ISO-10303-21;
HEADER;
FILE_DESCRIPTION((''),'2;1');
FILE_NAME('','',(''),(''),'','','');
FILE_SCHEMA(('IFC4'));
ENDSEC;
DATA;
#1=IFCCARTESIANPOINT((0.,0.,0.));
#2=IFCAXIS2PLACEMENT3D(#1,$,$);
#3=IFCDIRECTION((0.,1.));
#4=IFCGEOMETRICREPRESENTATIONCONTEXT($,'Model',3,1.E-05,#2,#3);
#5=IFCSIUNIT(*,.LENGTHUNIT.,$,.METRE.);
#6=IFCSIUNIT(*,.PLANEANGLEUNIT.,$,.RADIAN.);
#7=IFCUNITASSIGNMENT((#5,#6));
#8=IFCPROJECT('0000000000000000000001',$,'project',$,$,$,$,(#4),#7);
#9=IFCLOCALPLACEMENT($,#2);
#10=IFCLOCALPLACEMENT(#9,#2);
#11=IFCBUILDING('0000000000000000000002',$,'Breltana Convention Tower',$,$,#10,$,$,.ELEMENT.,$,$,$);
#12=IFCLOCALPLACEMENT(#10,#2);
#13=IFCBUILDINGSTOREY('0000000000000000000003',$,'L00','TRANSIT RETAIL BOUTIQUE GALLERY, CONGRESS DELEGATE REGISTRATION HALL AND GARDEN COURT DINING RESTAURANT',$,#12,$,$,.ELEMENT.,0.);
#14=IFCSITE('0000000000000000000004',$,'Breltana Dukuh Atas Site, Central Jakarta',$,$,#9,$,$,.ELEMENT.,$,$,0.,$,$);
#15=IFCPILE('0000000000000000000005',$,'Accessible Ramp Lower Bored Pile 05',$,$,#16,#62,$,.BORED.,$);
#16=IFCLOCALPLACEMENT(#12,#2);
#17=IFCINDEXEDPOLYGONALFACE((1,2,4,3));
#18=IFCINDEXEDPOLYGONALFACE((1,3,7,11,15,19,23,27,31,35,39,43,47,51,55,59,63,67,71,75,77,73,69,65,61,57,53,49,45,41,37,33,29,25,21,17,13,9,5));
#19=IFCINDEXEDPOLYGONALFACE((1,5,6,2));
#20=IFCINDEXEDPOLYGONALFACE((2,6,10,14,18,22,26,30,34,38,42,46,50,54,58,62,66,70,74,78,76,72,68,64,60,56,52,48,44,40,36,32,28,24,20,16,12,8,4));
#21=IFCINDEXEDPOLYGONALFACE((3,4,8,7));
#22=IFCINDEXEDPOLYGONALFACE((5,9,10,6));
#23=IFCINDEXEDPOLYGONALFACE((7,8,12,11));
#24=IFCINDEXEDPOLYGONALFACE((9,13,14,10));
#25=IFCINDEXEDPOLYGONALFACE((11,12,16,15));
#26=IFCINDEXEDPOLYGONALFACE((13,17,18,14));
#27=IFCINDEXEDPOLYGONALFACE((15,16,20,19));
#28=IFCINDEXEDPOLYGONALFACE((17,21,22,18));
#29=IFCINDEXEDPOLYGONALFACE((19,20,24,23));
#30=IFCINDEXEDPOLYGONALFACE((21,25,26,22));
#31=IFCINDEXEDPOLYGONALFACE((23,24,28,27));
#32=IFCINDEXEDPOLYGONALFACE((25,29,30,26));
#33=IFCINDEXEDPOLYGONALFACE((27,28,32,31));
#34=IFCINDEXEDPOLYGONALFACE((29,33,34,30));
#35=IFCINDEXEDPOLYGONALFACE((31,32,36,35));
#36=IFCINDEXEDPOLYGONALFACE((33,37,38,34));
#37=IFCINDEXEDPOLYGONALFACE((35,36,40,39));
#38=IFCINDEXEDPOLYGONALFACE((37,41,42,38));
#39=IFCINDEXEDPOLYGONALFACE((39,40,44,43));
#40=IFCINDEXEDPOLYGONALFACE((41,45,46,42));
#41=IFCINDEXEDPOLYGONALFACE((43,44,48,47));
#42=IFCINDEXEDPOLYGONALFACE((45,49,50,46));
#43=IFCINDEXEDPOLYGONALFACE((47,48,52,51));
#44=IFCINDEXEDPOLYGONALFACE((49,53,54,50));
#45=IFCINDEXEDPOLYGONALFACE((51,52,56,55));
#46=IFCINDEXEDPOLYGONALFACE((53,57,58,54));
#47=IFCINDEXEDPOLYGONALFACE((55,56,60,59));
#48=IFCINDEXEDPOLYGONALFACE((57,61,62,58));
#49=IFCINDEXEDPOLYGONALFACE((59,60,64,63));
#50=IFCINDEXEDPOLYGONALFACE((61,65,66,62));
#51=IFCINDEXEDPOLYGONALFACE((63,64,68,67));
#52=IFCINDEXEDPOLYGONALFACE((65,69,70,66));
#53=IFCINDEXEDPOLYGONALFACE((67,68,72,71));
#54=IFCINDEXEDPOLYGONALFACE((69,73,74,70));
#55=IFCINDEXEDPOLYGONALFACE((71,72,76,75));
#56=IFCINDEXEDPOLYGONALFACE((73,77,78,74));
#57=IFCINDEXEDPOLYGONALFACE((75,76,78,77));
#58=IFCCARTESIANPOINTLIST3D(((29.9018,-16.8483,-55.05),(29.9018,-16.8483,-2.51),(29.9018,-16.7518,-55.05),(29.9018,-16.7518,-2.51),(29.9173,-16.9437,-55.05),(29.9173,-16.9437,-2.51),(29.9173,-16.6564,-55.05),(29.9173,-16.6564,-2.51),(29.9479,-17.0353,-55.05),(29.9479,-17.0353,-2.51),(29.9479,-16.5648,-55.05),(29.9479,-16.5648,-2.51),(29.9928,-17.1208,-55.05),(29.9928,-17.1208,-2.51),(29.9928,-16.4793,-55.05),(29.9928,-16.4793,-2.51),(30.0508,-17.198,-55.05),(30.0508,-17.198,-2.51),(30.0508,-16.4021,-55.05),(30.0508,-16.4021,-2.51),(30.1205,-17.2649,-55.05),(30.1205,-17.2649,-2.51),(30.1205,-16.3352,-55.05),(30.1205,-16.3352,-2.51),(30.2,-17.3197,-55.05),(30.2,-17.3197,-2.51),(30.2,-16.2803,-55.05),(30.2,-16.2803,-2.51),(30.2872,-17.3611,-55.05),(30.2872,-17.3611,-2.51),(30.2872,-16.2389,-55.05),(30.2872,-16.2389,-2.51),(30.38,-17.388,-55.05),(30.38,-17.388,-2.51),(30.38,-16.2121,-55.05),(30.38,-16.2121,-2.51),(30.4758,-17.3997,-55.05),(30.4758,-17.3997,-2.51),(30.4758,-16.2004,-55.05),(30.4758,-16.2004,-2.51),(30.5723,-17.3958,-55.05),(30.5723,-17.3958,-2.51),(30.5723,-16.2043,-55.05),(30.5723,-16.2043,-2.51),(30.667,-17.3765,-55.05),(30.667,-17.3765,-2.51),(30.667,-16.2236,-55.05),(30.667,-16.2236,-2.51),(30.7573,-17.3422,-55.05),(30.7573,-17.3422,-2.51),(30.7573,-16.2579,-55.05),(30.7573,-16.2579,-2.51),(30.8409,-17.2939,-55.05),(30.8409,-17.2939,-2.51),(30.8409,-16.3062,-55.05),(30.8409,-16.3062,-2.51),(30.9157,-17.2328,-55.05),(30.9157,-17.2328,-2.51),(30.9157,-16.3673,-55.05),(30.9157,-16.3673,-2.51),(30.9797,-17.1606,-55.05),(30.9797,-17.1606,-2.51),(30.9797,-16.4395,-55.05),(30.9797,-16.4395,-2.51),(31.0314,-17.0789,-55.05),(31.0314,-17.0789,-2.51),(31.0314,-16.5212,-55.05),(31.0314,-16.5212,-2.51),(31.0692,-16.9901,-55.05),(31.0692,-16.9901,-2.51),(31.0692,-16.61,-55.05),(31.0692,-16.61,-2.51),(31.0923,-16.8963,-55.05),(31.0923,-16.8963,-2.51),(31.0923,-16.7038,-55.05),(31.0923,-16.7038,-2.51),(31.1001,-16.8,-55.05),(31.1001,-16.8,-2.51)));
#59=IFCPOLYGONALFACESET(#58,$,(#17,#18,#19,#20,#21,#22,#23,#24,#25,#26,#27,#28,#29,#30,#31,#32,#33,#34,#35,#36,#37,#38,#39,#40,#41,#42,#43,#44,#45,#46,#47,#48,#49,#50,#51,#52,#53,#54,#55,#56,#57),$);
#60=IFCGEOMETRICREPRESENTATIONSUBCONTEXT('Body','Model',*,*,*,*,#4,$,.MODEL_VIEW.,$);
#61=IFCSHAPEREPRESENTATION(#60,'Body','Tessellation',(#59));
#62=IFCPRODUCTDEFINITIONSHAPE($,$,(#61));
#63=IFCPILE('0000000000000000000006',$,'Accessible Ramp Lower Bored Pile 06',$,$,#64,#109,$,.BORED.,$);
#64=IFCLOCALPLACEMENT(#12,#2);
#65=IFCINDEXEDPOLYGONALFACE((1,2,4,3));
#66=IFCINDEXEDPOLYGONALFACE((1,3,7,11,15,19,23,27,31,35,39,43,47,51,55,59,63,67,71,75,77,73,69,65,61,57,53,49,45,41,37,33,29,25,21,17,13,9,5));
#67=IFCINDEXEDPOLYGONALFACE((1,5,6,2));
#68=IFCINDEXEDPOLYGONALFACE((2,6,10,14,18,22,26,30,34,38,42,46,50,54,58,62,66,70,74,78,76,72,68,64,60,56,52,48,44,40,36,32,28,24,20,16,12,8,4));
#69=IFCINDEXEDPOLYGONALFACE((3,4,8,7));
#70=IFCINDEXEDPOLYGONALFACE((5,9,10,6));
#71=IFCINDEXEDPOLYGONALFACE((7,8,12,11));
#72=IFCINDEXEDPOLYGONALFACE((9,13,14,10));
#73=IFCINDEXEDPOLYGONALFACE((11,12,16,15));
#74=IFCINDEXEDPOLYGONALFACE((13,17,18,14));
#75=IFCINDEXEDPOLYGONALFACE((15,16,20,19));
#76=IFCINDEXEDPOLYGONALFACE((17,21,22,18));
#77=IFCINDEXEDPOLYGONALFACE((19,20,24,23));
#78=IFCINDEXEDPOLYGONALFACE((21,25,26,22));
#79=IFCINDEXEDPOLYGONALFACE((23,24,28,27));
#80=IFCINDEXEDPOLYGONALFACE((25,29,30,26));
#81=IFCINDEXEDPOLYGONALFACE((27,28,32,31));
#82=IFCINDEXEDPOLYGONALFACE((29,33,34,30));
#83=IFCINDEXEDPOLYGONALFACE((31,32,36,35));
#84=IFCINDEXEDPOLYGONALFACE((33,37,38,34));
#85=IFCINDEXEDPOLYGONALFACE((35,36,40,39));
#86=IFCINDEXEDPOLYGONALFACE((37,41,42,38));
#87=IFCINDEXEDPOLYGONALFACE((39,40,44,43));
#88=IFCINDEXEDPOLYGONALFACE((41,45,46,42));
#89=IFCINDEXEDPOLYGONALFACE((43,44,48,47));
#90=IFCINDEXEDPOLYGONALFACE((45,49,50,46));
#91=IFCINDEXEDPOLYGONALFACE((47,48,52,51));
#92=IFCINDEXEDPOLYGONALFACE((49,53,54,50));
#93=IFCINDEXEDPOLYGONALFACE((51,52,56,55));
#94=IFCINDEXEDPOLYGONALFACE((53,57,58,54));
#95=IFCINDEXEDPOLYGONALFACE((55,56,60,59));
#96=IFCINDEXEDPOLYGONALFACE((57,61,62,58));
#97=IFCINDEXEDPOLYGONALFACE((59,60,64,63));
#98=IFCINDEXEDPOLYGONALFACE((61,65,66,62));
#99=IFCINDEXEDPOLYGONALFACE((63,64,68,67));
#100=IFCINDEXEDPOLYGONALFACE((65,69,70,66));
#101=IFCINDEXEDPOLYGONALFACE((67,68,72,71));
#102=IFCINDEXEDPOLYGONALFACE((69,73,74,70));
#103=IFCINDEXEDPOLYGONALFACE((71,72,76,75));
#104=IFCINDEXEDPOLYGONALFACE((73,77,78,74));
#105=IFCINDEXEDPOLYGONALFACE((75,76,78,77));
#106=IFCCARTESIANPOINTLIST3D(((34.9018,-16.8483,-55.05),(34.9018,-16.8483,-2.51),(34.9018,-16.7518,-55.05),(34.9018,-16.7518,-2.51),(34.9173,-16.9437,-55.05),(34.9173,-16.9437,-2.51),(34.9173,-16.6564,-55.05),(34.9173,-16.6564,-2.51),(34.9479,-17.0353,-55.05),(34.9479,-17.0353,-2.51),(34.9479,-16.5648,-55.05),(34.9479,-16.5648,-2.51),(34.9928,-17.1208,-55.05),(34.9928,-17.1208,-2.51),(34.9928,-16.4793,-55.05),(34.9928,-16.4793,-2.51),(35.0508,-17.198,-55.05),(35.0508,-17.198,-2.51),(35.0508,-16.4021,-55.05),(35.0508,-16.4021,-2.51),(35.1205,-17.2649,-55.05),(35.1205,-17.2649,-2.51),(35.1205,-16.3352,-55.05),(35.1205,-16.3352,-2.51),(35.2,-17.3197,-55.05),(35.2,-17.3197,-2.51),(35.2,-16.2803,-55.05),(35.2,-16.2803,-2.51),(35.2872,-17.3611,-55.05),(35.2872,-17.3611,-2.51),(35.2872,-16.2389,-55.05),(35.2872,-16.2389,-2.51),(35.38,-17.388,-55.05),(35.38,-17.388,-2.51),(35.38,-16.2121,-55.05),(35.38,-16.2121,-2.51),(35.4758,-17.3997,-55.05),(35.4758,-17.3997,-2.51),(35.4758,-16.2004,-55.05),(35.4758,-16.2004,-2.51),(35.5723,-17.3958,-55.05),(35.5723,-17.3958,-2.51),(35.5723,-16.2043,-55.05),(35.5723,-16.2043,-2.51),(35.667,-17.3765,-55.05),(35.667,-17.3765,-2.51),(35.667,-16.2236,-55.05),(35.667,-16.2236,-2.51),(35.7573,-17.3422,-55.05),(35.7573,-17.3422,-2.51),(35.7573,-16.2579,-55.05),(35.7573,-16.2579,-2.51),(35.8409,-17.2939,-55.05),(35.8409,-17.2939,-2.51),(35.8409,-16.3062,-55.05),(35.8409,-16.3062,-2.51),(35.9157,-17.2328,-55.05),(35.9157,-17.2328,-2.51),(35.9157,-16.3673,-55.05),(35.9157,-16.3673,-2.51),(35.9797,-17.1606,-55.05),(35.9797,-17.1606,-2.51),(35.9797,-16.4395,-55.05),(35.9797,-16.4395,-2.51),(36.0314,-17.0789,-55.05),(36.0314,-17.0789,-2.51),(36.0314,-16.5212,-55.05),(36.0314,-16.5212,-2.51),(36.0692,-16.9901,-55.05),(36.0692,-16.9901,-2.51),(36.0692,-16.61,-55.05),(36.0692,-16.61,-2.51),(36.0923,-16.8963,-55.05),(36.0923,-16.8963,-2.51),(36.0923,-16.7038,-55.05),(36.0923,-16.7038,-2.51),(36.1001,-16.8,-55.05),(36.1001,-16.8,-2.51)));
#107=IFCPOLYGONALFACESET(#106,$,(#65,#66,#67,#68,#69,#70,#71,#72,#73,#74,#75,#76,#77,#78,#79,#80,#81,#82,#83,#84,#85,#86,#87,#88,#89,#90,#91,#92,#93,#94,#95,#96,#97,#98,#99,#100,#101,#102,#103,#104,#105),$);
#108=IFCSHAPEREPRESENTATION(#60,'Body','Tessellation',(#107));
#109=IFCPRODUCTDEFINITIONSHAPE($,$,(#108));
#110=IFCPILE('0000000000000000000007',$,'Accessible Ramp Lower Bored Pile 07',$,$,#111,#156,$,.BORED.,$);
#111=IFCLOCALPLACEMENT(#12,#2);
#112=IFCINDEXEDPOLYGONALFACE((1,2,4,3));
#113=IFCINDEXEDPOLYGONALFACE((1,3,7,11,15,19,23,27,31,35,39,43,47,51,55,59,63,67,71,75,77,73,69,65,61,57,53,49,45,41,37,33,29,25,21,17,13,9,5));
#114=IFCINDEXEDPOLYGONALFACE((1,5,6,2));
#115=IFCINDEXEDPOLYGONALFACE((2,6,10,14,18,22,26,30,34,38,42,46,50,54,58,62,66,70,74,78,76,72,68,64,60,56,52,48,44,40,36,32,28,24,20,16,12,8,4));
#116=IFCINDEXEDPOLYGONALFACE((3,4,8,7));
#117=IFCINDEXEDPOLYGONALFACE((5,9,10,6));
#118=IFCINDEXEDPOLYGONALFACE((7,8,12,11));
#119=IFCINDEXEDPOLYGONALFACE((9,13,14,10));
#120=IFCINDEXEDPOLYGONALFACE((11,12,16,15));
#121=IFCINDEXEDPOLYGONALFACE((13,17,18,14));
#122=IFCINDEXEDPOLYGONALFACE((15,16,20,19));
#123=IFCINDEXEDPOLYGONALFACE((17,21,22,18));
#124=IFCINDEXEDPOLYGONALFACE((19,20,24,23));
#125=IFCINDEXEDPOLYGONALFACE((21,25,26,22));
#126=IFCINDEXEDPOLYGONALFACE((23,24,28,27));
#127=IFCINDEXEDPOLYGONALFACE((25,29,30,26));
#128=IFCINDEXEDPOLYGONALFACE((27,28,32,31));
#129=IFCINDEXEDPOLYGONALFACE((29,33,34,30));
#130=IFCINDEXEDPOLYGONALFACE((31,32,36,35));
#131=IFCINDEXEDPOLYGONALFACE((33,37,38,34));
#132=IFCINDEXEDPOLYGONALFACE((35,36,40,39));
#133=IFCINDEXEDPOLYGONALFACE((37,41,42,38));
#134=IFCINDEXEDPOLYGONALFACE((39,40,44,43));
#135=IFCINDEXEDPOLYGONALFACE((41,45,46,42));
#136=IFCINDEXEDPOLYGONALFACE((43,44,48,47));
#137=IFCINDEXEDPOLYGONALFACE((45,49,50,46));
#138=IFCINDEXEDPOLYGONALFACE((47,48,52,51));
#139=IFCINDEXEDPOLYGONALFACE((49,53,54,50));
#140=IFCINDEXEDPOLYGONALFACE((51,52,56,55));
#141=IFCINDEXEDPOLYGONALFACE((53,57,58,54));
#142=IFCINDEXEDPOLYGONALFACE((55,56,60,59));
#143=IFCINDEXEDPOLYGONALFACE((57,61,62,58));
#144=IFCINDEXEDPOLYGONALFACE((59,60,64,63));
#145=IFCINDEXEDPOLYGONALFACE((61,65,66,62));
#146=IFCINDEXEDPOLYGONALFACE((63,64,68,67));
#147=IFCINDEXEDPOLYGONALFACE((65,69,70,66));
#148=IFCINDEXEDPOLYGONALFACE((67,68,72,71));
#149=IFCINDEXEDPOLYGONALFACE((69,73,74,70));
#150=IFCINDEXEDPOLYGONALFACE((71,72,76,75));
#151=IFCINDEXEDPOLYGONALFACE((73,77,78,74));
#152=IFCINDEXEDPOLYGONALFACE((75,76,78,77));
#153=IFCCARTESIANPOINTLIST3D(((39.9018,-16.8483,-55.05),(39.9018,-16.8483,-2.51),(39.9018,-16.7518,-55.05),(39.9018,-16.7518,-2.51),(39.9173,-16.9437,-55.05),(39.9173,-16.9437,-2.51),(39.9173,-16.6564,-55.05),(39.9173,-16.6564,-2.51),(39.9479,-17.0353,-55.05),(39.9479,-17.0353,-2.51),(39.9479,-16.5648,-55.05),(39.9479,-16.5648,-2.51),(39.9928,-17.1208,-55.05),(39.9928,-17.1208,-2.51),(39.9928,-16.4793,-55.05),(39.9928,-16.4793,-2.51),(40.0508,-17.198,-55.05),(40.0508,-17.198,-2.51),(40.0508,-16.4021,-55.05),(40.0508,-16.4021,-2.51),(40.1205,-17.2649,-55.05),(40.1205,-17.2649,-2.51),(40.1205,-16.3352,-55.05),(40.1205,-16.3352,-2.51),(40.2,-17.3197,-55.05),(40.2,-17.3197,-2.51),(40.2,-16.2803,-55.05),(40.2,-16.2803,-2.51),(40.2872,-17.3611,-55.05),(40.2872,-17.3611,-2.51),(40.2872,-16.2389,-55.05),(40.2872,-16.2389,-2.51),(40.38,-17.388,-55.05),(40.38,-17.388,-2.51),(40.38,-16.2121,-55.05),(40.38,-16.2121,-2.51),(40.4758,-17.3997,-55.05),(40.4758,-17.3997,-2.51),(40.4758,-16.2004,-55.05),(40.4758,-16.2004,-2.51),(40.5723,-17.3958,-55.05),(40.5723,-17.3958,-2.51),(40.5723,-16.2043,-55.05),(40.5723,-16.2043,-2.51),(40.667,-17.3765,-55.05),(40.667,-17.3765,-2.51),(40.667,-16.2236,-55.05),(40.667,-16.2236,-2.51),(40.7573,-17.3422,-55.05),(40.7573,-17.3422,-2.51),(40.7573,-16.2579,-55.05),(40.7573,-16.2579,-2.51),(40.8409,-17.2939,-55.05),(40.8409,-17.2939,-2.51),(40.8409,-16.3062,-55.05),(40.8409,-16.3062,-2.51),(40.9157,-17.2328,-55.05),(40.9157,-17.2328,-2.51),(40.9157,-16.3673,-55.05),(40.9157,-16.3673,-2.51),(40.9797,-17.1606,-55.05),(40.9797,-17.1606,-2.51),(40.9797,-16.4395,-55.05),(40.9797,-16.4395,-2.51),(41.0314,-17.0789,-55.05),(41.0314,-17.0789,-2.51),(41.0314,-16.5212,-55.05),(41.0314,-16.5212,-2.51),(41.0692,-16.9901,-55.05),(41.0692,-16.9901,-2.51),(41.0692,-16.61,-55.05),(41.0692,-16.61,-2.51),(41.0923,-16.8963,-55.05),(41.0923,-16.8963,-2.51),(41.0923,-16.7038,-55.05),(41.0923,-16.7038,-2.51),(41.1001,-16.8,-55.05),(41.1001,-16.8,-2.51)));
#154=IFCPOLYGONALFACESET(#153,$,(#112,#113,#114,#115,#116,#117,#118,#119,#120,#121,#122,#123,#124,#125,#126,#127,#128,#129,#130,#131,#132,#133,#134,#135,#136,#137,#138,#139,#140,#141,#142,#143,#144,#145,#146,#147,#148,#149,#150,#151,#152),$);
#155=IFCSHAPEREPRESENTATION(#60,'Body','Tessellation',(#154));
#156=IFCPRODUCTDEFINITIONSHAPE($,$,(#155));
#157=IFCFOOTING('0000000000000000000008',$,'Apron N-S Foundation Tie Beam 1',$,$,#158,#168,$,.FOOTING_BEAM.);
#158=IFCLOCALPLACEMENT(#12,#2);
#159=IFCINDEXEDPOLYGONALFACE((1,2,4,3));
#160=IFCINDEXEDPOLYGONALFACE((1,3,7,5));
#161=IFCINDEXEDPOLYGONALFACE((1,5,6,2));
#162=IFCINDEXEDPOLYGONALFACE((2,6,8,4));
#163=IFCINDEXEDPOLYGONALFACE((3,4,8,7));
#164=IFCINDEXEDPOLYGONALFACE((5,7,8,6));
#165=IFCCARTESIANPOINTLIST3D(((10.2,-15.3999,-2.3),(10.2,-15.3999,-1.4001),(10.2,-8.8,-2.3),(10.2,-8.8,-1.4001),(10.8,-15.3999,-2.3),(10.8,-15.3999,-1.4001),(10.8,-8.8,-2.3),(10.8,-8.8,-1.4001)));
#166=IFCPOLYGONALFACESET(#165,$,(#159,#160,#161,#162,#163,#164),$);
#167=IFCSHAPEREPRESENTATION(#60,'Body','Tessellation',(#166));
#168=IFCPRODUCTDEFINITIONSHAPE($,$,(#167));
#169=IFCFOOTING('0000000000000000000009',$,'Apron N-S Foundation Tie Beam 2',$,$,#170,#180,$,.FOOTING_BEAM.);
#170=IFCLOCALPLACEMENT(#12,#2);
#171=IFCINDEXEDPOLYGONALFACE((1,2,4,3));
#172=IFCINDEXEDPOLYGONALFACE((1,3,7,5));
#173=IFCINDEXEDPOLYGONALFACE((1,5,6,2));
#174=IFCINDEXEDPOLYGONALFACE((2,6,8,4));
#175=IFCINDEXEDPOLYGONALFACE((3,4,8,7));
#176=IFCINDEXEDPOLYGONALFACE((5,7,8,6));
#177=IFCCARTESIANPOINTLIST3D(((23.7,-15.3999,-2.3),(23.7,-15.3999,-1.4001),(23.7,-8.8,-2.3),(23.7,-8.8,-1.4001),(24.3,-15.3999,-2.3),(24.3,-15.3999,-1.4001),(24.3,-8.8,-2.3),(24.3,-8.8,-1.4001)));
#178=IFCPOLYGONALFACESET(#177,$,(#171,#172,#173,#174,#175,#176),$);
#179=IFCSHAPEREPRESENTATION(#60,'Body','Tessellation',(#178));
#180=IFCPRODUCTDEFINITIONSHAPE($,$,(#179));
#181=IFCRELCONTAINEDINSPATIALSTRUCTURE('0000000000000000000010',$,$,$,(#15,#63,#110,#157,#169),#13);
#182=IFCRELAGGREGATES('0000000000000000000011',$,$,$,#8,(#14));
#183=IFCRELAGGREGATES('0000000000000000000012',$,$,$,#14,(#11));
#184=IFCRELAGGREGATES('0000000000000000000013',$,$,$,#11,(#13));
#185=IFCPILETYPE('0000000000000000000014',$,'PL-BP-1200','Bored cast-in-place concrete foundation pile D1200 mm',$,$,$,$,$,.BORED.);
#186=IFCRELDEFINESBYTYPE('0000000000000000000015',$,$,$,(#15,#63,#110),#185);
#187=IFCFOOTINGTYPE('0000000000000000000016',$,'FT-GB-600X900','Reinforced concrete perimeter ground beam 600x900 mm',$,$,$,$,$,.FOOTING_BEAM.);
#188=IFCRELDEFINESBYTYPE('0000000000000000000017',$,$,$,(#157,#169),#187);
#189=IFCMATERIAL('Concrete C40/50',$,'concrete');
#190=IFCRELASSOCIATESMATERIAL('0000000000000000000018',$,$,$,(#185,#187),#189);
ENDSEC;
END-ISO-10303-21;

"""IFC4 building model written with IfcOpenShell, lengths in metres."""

from ifc_helpers import new_model, si_unit, direction, frame, origin, origin_2d, place, context, subcontext, project, spatial, rectangle, circle, extrude, source, transform, mapped, material, material_profile, profile_set, type_object, type_shapes, element, save


model = new_model("IFC4")

# Units and contexts
model_context = context("Model", 3, precision=1e-05, world=origin(), true_north=direction((0.0, 1.0)))
body_context = subcontext(model_context, "Body", "Model", "MODEL_VIEW")
ifc_project = project(units=[si_unit("LENGTHUNIT", "METRE"), si_unit("PLANEANGLEUNIT", "RADIAN")], contexts=[model_context])

# Site, building, storey
site_placement = place(None, origin())
site = spatial("IfcSite", under=ifc_project, at=site_placement, Name="Breltana Dukuh Atas Site, Central Jakarta", CompositionType="ELEMENT", RefElevation=0.0)
building_placement = place(site_placement, origin())
building = spatial("IfcBuilding", under=site, at=building_placement, Name="Breltana Convention Tower", CompositionType="ELEMENT")
storey_placement = place(building_placement, origin())
storey = spatial("IfcBuildingStorey", under=building, at=storey_placement, Name="L00", Description="TRANSIT RETAIL BOUTIQUE GALLERY, CONGRESS DELEGATE REGISTRATION HALL AND GARDEN COURT DINING RESTAURANT", CompositionType="ELEMENT", Elevation=0.0)

# Shared definitions
ifc_material_1 = material(Name="Concrete C40/50", Category="concrete")
ifc_material_profile_1 = material_profile(ifc_material_1, circle(Radius=0.6001, at=origin_2d()), Name="BP-D1200")
ifc_profile_set_1 = profile_set([ifc_material_profile_1], Name="Concrete C40/50")
pile_type = type_object("IfcPileType", Name="PL-BP-1200", Description="Bored cast-in-place concrete foundation pile D1200 mm", PredefinedType="BORED", material=ifc_profile_set_1)

# Piles
shared_shape_1 = source(origin(), body_context, "Body", "SweptSolid", [
    extrude(circle(Radius=0.6001, at=origin_2d()), origin(), (0.0, 0.0, 1.0), 52.54),
])
for number, where, z_axis, x_axis, name in (
    (1, (30.5, -16.8, -2.51), (0.0, 0.0, -1.0), (1.0, 0.0, 0.0), "Accessible Ramp Lower Bored Pile 05"),
    (2, (35.5, -16.8, -2.51), (0.0, 0.0, -1.0), (1.0, 0.0, 0.0), "Accessible Ramp Lower Bored Pile 06"),
    (3, (40.5, -16.8, -2.51), (0.0, 0.0, -1.0), (1.0, 0.0, 0.0), "Accessible Ramp Lower Bored Pile 07"),
):
    element("IfcPile", number, at=place(storey_placement, frame(where, z_axis=z_axis, x_axis=x_axis)), inside=storey, type_object=pile_type, Name=name, PredefinedType="BORED", context=body_context, shape_type="MappedRepresentation", body=[
        mapped(shared_shape_1, transform((0.0, 0.0, 0.0), scale=1.0)),
    ])

# Footings
ifc_material_profile_2 = material_profile(ifc_material_1, rectangle(XDim=0.6001, YDim=0.8999, at=origin_2d()), Name="RC-BM-600X900")
ifc_profile_set_2 = profile_set([ifc_material_profile_2], Name="Concrete C40/50")
footing_type_1 = type_object("IfcFootingType", Name="FT-GB-600X900", Description="Reinforced concrete perimeter ground beam 600x900 mm", PredefinedType="FOOTING_BEAM", material=ifc_profile_set_2)
shared_shape_2 = source(origin(), body_context, "Body", "SweptSolid", [
    extrude(rectangle(XDim=0.6001, YDim=0.8999, at=origin_2d()), origin(), (0.0, 0.0, 1.0), 6.5999),
])
type_shapes(footing_type_1, [shared_shape_2])
for number, where, z_axis, x_axis, name in (
    (4, (10.5, -15.3999, -1.8501), (0.0, 1.0, 0.0), (-1.0, 0.0, 0.0), "Apron N-S Foundation Tie Beam 1"),
    (5, (24.0, -15.3999, -1.8501), (0.0, 1.0, 0.0), (-1.0, 0.0, 0.0), "Apron N-S Foundation Tie Beam 2"),
):
    element("IfcFooting", number, at=place(storey_placement, frame(where, z_axis=z_axis, x_axis=x_axis)), inside=storey, type_object=footing_type_1, Name=name, PredefinedType="FOOTING_BEAM", context=body_context, shape_type="MappedRepresentation", body=[
        mapped(shared_shape_2, transform((0.0, 0.0, 0.0), scale=1.0)),
    ])

save(model, "model.ifc")
